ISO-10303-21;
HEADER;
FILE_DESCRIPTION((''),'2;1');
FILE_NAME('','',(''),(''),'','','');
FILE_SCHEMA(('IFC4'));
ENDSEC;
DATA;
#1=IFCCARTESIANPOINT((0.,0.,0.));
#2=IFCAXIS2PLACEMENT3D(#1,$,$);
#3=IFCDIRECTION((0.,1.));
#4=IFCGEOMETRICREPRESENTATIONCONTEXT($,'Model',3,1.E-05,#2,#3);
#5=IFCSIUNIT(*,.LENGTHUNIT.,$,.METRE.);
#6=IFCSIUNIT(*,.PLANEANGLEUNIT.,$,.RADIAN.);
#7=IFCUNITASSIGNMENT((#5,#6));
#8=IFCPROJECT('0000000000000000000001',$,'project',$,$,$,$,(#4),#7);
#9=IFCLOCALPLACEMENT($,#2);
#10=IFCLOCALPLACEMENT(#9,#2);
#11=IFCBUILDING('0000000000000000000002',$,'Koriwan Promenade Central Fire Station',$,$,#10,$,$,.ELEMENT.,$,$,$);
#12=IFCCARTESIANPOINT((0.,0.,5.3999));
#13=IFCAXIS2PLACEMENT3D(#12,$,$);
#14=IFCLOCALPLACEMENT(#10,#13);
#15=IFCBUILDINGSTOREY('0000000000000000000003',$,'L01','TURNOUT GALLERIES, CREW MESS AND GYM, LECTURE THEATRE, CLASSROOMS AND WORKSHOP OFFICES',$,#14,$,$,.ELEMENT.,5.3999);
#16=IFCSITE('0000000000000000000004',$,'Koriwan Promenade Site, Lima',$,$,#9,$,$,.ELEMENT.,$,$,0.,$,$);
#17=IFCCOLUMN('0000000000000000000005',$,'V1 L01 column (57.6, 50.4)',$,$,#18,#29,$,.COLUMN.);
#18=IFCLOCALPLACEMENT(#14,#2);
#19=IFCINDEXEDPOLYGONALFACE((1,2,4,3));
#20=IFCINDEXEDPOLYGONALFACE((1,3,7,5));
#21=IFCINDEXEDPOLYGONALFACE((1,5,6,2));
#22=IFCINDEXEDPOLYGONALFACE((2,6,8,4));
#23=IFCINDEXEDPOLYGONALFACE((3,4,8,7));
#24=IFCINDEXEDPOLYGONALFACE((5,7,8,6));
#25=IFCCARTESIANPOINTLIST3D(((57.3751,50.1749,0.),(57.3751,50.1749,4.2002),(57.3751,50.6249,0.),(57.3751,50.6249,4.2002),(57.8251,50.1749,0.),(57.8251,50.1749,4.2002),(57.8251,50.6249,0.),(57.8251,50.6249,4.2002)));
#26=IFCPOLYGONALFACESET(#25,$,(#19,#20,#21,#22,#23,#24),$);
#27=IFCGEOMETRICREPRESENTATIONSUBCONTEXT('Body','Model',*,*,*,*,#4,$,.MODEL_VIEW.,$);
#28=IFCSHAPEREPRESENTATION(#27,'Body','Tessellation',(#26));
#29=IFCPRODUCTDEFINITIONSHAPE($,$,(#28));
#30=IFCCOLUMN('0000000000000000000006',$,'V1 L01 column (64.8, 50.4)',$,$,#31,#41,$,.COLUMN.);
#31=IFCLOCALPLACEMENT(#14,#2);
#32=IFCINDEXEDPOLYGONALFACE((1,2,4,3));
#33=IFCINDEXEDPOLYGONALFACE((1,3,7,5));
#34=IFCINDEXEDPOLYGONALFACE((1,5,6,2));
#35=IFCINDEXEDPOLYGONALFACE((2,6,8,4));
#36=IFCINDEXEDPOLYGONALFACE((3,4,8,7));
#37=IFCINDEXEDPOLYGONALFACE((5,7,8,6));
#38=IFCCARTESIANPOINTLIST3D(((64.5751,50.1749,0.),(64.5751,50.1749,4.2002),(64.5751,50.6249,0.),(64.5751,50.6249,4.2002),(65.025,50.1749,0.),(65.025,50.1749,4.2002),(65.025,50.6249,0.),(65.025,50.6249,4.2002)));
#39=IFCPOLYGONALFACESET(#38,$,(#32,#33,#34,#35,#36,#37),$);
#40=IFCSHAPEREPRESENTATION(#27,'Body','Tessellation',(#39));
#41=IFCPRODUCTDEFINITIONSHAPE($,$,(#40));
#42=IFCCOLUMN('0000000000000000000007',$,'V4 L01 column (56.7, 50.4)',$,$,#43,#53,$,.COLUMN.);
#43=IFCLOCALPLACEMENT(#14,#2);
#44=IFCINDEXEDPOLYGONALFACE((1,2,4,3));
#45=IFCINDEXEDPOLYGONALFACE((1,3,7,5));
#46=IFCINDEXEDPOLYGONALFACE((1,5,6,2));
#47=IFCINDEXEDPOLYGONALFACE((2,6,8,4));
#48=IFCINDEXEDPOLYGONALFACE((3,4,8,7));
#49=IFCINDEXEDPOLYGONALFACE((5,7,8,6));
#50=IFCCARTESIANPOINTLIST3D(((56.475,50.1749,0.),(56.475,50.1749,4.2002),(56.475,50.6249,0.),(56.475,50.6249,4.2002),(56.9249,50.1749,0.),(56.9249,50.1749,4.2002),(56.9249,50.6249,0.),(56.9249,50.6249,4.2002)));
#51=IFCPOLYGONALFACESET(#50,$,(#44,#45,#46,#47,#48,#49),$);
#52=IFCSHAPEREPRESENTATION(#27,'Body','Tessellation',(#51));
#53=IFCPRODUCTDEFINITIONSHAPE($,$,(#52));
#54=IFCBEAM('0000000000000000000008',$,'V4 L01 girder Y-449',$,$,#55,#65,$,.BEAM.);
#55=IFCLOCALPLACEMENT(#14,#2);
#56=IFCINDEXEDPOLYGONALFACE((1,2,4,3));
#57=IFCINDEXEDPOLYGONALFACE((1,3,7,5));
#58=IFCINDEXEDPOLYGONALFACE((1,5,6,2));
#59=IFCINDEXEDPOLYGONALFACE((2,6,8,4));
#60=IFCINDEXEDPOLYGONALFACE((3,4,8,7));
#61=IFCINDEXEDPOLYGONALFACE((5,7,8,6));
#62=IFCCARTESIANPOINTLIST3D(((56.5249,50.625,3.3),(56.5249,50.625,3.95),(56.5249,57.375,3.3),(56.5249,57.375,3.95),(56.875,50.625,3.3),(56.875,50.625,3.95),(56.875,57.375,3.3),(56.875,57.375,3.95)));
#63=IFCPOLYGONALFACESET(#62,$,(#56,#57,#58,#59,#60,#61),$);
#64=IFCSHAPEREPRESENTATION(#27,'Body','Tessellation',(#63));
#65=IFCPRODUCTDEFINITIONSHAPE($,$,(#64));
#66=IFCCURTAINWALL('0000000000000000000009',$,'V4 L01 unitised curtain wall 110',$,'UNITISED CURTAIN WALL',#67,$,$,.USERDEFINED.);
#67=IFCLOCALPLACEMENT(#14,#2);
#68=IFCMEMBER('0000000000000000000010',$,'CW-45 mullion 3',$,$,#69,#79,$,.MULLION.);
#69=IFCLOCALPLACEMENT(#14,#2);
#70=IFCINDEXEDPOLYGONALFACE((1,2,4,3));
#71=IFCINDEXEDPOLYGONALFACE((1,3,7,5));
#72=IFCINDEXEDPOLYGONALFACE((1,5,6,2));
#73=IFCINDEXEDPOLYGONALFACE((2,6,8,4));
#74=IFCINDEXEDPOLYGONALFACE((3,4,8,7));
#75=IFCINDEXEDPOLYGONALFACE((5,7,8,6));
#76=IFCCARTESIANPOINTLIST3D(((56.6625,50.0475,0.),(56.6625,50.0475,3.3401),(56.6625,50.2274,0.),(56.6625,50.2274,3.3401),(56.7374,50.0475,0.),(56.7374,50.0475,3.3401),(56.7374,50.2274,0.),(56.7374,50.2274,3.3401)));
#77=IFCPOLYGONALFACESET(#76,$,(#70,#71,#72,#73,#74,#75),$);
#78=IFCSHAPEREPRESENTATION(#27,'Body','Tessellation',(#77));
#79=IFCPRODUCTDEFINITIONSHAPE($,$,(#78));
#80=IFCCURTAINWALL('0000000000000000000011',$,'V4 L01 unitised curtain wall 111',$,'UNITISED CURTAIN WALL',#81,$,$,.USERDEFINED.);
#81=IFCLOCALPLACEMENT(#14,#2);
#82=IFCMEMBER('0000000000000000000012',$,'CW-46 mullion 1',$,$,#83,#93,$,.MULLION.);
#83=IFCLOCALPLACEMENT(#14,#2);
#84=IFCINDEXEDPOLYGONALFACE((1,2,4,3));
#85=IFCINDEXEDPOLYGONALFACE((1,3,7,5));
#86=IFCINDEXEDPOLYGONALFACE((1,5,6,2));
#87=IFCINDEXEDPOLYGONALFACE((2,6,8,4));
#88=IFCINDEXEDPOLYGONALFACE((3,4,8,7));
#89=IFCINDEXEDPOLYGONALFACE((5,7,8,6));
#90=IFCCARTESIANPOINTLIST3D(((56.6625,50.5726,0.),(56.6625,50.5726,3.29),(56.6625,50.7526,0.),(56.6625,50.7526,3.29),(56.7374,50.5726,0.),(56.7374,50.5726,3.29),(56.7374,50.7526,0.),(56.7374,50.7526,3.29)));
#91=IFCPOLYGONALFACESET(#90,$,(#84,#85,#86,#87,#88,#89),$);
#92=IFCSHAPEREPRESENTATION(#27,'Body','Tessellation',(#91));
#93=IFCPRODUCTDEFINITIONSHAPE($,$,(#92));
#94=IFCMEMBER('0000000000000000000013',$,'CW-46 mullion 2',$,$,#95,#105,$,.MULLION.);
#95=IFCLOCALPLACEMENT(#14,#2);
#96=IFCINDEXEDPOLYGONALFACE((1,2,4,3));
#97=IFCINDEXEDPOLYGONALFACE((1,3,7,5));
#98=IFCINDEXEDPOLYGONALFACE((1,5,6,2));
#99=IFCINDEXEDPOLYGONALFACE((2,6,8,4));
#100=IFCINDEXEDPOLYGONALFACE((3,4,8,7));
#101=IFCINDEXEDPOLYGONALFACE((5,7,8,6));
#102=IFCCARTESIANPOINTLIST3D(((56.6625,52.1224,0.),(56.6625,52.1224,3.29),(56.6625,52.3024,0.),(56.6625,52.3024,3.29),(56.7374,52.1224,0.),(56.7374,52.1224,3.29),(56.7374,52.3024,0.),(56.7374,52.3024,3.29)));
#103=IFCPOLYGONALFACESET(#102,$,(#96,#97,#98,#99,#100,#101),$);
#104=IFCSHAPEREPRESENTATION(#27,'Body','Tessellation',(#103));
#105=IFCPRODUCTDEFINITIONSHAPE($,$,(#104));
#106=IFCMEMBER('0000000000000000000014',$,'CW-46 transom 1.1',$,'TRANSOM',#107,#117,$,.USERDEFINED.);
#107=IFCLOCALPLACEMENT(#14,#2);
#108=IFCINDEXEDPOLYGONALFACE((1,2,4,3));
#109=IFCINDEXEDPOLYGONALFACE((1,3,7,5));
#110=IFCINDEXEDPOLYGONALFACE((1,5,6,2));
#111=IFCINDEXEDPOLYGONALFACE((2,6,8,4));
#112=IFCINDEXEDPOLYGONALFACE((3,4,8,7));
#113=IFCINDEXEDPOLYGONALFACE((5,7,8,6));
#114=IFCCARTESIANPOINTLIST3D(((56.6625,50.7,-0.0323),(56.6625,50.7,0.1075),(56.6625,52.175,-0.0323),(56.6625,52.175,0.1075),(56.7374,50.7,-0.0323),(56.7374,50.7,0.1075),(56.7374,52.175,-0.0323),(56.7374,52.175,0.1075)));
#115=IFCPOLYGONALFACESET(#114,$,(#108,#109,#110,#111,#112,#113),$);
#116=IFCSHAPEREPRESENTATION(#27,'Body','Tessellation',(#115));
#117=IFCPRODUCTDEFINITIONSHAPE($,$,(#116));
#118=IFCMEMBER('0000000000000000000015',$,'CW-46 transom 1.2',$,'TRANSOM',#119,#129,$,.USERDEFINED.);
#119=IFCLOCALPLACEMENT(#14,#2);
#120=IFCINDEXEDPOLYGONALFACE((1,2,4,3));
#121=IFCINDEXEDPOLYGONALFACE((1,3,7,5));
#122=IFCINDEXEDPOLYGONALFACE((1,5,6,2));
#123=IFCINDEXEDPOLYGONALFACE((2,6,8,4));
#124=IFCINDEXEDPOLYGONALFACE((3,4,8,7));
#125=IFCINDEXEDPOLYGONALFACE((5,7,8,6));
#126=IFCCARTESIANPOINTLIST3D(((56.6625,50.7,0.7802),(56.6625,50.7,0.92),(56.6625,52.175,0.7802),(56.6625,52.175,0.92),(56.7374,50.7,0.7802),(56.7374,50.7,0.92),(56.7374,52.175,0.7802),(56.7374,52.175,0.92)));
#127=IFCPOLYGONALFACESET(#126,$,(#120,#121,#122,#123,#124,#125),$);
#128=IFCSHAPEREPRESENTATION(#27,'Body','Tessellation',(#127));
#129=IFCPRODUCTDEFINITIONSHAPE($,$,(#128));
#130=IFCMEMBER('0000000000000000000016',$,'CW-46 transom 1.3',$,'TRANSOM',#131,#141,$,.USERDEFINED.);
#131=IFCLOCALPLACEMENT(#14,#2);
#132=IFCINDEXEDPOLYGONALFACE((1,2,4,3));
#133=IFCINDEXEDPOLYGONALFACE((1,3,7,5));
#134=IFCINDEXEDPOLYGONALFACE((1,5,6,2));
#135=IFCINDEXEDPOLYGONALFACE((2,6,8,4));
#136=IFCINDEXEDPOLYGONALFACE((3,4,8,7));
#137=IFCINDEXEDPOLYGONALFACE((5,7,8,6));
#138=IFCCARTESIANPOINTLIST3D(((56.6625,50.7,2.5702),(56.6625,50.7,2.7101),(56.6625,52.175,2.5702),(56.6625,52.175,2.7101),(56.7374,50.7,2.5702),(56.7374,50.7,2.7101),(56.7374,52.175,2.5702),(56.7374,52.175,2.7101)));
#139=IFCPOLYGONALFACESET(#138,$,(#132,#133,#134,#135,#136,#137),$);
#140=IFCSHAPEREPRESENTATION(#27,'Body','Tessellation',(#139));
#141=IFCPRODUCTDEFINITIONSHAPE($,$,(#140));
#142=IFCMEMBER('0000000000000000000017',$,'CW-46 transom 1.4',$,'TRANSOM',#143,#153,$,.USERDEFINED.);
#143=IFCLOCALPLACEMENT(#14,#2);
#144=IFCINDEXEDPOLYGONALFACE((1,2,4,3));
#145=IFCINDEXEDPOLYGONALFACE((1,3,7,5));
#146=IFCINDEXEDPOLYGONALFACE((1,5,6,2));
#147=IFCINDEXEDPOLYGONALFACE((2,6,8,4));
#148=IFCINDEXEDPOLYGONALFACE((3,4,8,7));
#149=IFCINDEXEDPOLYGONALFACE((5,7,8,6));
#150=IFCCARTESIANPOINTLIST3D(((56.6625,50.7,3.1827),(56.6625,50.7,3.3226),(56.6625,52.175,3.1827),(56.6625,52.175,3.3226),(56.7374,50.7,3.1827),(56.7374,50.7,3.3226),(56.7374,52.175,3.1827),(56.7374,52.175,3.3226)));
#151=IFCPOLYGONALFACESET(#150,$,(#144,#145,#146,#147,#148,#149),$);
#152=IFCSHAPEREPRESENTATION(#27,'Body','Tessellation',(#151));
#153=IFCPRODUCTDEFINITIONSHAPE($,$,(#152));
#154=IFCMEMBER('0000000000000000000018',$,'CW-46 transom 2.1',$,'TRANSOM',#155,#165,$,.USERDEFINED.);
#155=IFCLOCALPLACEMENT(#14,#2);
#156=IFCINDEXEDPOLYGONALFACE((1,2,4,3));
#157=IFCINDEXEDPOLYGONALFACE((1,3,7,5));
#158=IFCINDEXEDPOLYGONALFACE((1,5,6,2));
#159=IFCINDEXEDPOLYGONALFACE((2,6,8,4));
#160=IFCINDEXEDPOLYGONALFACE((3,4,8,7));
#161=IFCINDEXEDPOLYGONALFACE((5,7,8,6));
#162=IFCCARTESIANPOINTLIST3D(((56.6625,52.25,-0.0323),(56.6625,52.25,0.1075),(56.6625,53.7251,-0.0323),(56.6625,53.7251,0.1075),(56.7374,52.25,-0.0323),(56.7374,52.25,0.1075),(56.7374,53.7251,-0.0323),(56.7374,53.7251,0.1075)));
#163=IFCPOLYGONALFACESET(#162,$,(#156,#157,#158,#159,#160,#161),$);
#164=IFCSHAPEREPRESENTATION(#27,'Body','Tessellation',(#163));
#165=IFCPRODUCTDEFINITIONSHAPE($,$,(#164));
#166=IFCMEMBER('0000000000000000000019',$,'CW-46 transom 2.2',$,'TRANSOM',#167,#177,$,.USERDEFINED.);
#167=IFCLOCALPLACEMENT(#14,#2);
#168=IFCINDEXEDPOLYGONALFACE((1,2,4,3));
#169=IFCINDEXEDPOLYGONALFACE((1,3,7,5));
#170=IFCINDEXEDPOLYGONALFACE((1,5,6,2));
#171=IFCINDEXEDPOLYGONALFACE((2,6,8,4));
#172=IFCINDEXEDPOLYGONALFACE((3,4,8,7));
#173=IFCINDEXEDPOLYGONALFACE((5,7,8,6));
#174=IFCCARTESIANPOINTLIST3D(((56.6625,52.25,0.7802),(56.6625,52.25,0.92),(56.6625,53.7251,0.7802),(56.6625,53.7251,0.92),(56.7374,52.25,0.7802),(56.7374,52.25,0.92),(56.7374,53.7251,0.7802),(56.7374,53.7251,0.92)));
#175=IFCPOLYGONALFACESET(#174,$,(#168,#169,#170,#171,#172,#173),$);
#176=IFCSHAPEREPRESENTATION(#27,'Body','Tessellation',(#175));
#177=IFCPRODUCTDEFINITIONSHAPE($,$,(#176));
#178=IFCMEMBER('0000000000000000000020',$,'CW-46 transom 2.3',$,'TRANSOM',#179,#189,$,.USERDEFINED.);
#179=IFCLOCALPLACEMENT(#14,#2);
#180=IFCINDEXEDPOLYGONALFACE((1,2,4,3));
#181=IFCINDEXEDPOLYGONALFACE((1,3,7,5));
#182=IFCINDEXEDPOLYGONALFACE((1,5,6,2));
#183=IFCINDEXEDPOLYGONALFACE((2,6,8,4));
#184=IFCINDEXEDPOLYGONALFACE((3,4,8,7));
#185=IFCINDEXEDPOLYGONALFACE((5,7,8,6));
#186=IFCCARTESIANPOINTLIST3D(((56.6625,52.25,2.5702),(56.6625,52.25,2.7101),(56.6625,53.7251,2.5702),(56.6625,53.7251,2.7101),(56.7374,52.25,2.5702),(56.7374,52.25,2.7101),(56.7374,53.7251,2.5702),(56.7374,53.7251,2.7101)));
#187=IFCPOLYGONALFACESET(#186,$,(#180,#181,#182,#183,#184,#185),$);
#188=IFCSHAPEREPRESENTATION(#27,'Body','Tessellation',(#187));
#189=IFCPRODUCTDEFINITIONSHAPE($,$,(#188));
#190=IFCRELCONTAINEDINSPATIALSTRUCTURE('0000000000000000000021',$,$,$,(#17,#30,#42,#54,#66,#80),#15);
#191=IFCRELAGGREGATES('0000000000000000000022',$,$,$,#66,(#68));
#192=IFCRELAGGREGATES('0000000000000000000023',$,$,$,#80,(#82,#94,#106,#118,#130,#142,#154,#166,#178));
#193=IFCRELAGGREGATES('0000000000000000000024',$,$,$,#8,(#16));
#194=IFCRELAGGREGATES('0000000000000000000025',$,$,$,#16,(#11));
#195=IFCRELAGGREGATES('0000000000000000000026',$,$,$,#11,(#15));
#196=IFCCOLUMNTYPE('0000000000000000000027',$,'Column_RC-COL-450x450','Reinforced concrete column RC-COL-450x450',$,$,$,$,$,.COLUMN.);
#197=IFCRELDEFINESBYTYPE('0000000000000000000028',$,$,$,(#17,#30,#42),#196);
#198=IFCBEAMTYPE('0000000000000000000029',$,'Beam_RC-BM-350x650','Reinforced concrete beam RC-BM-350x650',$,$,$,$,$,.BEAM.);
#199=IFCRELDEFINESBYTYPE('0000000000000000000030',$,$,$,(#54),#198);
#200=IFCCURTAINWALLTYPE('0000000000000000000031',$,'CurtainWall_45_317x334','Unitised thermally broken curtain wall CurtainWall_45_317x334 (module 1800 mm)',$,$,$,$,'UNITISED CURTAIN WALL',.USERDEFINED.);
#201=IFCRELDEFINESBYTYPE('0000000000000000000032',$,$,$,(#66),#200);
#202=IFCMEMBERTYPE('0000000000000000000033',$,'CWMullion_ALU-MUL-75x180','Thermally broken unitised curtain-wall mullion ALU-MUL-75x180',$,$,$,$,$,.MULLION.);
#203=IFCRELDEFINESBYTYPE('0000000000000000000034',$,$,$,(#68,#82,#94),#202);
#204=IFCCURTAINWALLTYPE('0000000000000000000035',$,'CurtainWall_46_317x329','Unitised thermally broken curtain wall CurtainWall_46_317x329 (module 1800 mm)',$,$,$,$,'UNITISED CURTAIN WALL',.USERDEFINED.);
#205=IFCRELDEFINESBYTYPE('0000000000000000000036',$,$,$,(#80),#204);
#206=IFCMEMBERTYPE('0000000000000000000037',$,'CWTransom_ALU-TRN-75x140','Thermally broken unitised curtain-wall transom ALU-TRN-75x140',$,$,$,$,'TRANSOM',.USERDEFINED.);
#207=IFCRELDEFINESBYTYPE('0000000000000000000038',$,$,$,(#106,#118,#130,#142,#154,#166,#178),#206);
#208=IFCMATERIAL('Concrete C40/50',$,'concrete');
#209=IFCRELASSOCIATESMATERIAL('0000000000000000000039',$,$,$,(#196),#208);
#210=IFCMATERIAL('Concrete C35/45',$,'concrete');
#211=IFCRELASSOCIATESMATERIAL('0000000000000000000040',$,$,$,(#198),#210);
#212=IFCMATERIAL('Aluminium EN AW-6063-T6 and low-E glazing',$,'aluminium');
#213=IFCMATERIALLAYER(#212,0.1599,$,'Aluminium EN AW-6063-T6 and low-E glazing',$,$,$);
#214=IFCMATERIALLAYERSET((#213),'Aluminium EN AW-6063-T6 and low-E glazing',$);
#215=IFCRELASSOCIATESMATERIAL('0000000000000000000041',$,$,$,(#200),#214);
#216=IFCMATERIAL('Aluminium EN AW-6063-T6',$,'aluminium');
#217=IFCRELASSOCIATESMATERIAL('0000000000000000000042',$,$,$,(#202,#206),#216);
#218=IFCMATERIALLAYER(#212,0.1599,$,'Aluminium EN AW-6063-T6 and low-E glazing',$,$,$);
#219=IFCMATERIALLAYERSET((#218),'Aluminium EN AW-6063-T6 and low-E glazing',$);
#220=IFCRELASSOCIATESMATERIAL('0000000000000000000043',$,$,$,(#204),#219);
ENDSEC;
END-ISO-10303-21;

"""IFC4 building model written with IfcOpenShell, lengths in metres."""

from ifc_helpers import new_model, si_unit, direction, frame, origin, origin_2d, place, context, subcontext, project, spatial, rectangle, extrude, material, layer, layer_set, material_profile, profile_set, type_object, element, aggregate, save


model = new_model("IFC4")

# Units and contexts
model_context = context("Model", 3, precision=1e-05, world=origin(), true_north=direction((0.0, 1.0)))
body_context = subcontext(model_context, "Body", "Model", "MODEL_VIEW")
ifc_project = project(units=[si_unit("LENGTHUNIT", "METRE"), si_unit("PLANEANGLEUNIT", "RADIAN")], contexts=[model_context])

# Site, building, storey
site_placement = place(None, origin())
site = spatial("IfcSite", under=ifc_project, at=site_placement, Name="Koriwan Promenade Site, Lima", CompositionType="ELEMENT", RefElevation=0.0)
building_placement = place(site_placement, origin())
building = spatial("IfcBuilding", under=site, at=building_placement, Name="Koriwan Promenade Central Fire Station", CompositionType="ELEMENT")
storey_placement = place(building_placement, frame((0.0, 0.0, 5.3999)))
storey = spatial("IfcBuildingStorey", under=building, at=storey_placement, Name="L01", Description="TURNOUT GALLERIES, CREW MESS AND GYM, LECTURE THEATRE, CLASSROOMS AND WORKSHOP OFFICES", CompositionType="ELEMENT", Elevation=5.3999)

# Columns
ifc_material_1 = material(Name="Concrete C40/50", Category="concrete")
ifc_material_profile_1 = material_profile(ifc_material_1, rectangle(XDim=0.45, YDim=0.45, at=origin_2d()), Name="RC-COL-450x450")
ifc_profile_set_1 = profile_set([ifc_material_profile_1], Name="Concrete C40/50")
column_type = type_object("IfcColumnType", Name="Column_RC-COL-450x450", Description="Reinforced concrete column RC-COL-450x450", PredefinedType="COLUMN", material=ifc_profile_set_1)
for number, where, z_axis, x_axis, name in (
    (1, (57.6001, 50.3999, 0.0), (0.0, 0.0, 1.0), (1.0, 0.0, 0.0), "V1 L01 column (57.6, 50.4)"),
    (2, (64.8, 50.3999, 0.0), (0.0, 0.0, 1.0), (1.0, 0.0, 0.0), "V1 L01 column (64.8, 50.4)"),
    (3, (56.7, 50.3999, 0.0), (0.0, 0.0, 1.0), (1.0, 0.0, 0.0), "V4 L01 column (56.7, 50.4)"),
):
    element("IfcColumn", number, at=place(storey_placement, frame(where, z_axis=z_axis, x_axis=x_axis)), inside=storey, type_object=column_type, Name=name, PredefinedType="COLUMN", context=body_context, shape_type="SweptSolid", body=[
        extrude(rectangle(XDim=0.45, YDim=0.45, at=origin_2d()), origin(), (0.0, 0.0, 1.0), 4.2002),
    ])

# Beam
ifc_material_2 = material(Name="Concrete C35/45", Category="concrete")
ifc_material_profile_2 = material_profile(ifc_material_2, rectangle(XDim=0.3501, YDim=0.6499, at=origin_2d()), Name="RC-BM-350x650")
ifc_profile_set_2 = profile_set([ifc_material_profile_2], Name="Concrete C35/45")
beam_type_1 = type_object("IfcBeamType", Name="Beam_RC-BM-350x650", Description="Reinforced concrete beam RC-BM-350x650", PredefinedType="BEAM", material=ifc_profile_set_2)
beam_1_placement = place(storey_placement, frame((56.7, 50.625, 3.625), z_axis=(0.0, 1.0, 0.0), x_axis=(-1.0, 0.0, 0.0)))
element("IfcBeam", 4, at=beam_1_placement, inside=storey, type_object=beam_type_1, Name="V4 L01 girder Y-449", PredefinedType="BEAM", context=body_context, shape_type="SweptSolid", body=[
    extrude(rectangle(XDim=0.3501, YDim=0.6499, at=origin_2d()), origin(), (0.0, 0.0, 1.0), 6.75),
])

# Curtain wall, member
ifc_material_3 = material(Name="Aluminium EN AW-6063-T6 and low-E glazing", Category="aluminium")
ifc_layer_1 = layer(ifc_material_3, 0.1599, Name="Aluminium EN AW-6063-T6 and low-E glazing")
ifc_layer_set_1 = layer_set([ifc_layer_1], Name="Aluminium EN AW-6063-T6 and low-E glazing")
curtain_wall_type_1 = type_object("IfcCurtainWallType", Name="CurtainWall_45_317x334", Description="Unitised thermally broken curtain wall CurtainWall_45_317x334 (module 1800 mm)", ElementType="UNITISED CURTAIN WALL", PredefinedType="USERDEFINED", material=ifc_layer_set_1)
curtain_wall_1_placement = place(storey_placement, origin())
curtain_wall_1 = element("IfcCurtainWall", 5, at=curtain_wall_1_placement, inside=storey, type_object=curtain_wall_type_1, Name="V4 L01 unitised curtain wall 110", ObjectType="UNITISED CURTAIN WALL", PredefinedType="USERDEFINED")
ifc_material_4 = material(Name="Aluminium EN AW-6063-T6", Category="aluminium")
ifc_material_profile_3 = material_profile(ifc_material_4, rectangle(XDim=0.075, YDim=0.1799, at=origin_2d()), Name="ALU-MUL-75x180")
ifc_profile_set_3 = profile_set([ifc_material_profile_3], Name="Aluminium EN AW-6063-T6")
member_type_1 = type_object("IfcMemberType", Name="CWMullion_ALU-MUL-75x180", Description="Thermally broken unitised curtain-wall mullion ALU-MUL-75x180", PredefinedType="MULLION", material=ifc_profile_set_3)
member_1_placement = place(storey_placement, frame((56.7, 50.1375, 0.0), z_axis=(0.0, 0.0, 1.0), x_axis=(-1.0, 0.0, 0.0)))
member_1 = element("IfcMember", 6, at=member_1_placement, type_object=member_type_1, Name="CW-45 mullion 3", PredefinedType="MULLION", context=body_context, shape_type="SweptSolid", body=[
    extrude(rectangle(XDim=0.075, YDim=0.1799, at=origin_2d()), origin(), (0.0, 0.0, 1.0), 3.3401),
])

# Curtain wall, members
ifc_layer_2 = layer(ifc_material_3, 0.1599, Name="Aluminium EN AW-6063-T6 and low-E glazing")
ifc_layer_set_2 = layer_set([ifc_layer_2], Name="Aluminium EN AW-6063-T6 and low-E glazing")
curtain_wall_type_2 = type_object("IfcCurtainWallType", Name="CurtainWall_46_317x329", Description="Unitised thermally broken curtain wall CurtainWall_46_317x329 (module 1800 mm)", ElementType="UNITISED CURTAIN WALL", PredefinedType="USERDEFINED", material=ifc_layer_set_2)
curtain_wall_2_placement = place(storey_placement, origin())
curtain_wall_2 = element("IfcCurtainWall", 7, at=curtain_wall_2_placement, inside=storey, type_object=curtain_wall_type_2, Name="V4 L01 unitised curtain wall 111", ObjectType="UNITISED CURTAIN WALL", PredefinedType="USERDEFINED")
member_2_placement = place(storey_placement, frame((56.7, 50.6626, 0.0), z_axis=(0.0, 0.0, 1.0), x_axis=(-1.0, 0.0, 0.0)))
member_2 = element("IfcMember", 8, at=member_2_placement, type_object=member_type_1, Name="CW-46 mullion 1", PredefinedType="MULLION", context=body_context, shape_type="SweptSolid", body=[
    extrude(rectangle(XDim=0.075, YDim=0.1799, at=origin_2d()), origin(), (0.0, 0.0, 1.0), 3.29),
])
member_3_placement = place(storey_placement, frame((56.7, 52.2124, 0.0), z_axis=(0.0, 0.0, 1.0), x_axis=(-1.0, 0.0, 0.0)))
member_3 = element("IfcMember", 9, at=member_3_placement, type_object=member_type_1, Name="CW-46 mullion 2", PredefinedType="MULLION", context=body_context, shape_type="SweptSolid", body=[
    extrude(rectangle(XDim=0.075, YDim=0.1799, at=origin_2d()), origin(), (0.0, 0.0, 1.0), 3.29),
])
ifc_material_profile_4 = material_profile(ifc_material_4, rectangle(XDim=0.075, YDim=0.1399, at=origin_2d()), Name="ALU-TRN-75x140")
ifc_profile_set_4 = profile_set([ifc_material_profile_4], Name="Aluminium EN AW-6063-T6")
member_type_2 = type_object("IfcMemberType", Name="CWTransom_ALU-TRN-75x140", Description="Thermally broken unitised curtain-wall transom ALU-TRN-75x140", ElementType="TRANSOM", PredefinedType="USERDEFINED", material=ifc_profile_set_4)
member_4_placement = place(storey_placement, frame((56.7, 50.7, 0.0376), z_axis=(0.0, 1.0, 0.0), x_axis=(-1.0, 0.0, 0.0)))
member_4 = element("IfcMember", 10, at=member_4_placement, type_object=member_type_2, Name="CW-46 transom 1.1", ObjectType="TRANSOM", PredefinedType="USERDEFINED", context=body_context, shape_type="SweptSolid", body=[
    extrude(rectangle(XDim=0.075, YDim=0.1399, at=origin_2d()), origin(), (0.0, 0.0, 1.0), 1.4751),
])
member_5_placement = place(storey_placement, frame((56.7, 50.7, 0.8501), z_axis=(0.0, 1.0, 0.0), x_axis=(-1.0, 0.0, 0.0)))
member_5 = element("IfcMember", 11, at=member_5_placement, type_object=member_type_2, Name="CW-46 transom 1.2", ObjectType="TRANSOM", PredefinedType="USERDEFINED", context=body_context, shape_type="SweptSolid", body=[
    extrude(rectangle(XDim=0.075, YDim=0.1399, at=origin_2d()), origin(), (0.0, 0.0, 1.0), 1.4751),
])
member_6_placement = place(storey_placement, frame((56.7, 50.7, 2.6401), z_axis=(0.0, 1.0, 0.0), x_axis=(-1.0, 0.0, 0.0)))
member_6 = element("IfcMember", 12, at=member_6_placement, type_object=member_type_2, Name="CW-46 transom 1.3", ObjectType="TRANSOM", PredefinedType="USERDEFINED", context=body_context, shape_type="SweptSolid", body=[
    extrude(rectangle(XDim=0.075, YDim=0.1399, at=origin_2d()), origin(), (0.0, 0.0, 1.0), 1.4751),
])
member_7_placement = place(storey_placement, frame((56.7, 50.7, 3.2527), z_axis=(0.0, 1.0, 0.0), x_axis=(-1.0, 0.0, 0.0)))
member_7 = element("IfcMember", 13, at=member_7_placement, type_object=member_type_2, Name="CW-46 transom 1.4", ObjectType="TRANSOM", PredefinedType="USERDEFINED", context=body_context, shape_type="SweptSolid", body=[
    extrude(rectangle(XDim=0.075, YDim=0.1399, at=origin_2d()), origin(), (0.0, 0.0, 1.0), 1.4751),
])
member_8_placement = place(storey_placement, frame((56.7, 52.25, 0.0376), z_axis=(0.0, 1.0, 0.0), x_axis=(-1.0, 0.0, 0.0)))
member_8 = element("IfcMember", 14, at=member_8_placement, type_object=member_type_2, Name="CW-46 transom 2.1", ObjectType="TRANSOM", PredefinedType="USERDEFINED", context=body_context, shape_type="SweptSolid", body=[
    extrude(rectangle(XDim=0.075, YDim=0.1399, at=origin_2d()), origin(), (0.0, 0.0, 1.0), 1.4751),
])
member_9_placement = place(storey_placement, frame((56.7, 52.25, 0.8501), z_axis=(0.0, 1.0, 0.0), x_axis=(-1.0, 0.0, 0.0)))
member_9 = element("IfcMember", 15, at=member_9_placement, type_object=member_type_2, Name="CW-46 transom 2.2", ObjectType="TRANSOM", PredefinedType="USERDEFINED", context=body_context, shape_type="SweptSolid", body=[
    extrude(rectangle(XDim=0.075, YDim=0.1399, at=origin_2d()), origin(), (0.0, 0.0, 1.0), 1.4751),
])
member_10_placement = place(storey_placement, frame((56.7, 52.25, 2.6401), z_axis=(0.0, 1.0, 0.0), x_axis=(-1.0, 0.0, 0.0)))
member_10 = element("IfcMember", 16, at=member_10_placement, type_object=member_type_2, Name="CW-46 transom 2.3", ObjectType="TRANSOM", PredefinedType="USERDEFINED", context=body_context, shape_type="SweptSolid", body=[
    extrude(rectangle(XDim=0.075, YDim=0.1399, at=origin_2d()), origin(), (0.0, 0.0, 1.0), 1.4751),
])

aggregate(curtain_wall_1, [member_1])
aggregate(curtain_wall_2, [member_2, member_3, member_4, member_5, member_6, member_7, member_8, member_9, member_10])

save(model, "model.ifc")
